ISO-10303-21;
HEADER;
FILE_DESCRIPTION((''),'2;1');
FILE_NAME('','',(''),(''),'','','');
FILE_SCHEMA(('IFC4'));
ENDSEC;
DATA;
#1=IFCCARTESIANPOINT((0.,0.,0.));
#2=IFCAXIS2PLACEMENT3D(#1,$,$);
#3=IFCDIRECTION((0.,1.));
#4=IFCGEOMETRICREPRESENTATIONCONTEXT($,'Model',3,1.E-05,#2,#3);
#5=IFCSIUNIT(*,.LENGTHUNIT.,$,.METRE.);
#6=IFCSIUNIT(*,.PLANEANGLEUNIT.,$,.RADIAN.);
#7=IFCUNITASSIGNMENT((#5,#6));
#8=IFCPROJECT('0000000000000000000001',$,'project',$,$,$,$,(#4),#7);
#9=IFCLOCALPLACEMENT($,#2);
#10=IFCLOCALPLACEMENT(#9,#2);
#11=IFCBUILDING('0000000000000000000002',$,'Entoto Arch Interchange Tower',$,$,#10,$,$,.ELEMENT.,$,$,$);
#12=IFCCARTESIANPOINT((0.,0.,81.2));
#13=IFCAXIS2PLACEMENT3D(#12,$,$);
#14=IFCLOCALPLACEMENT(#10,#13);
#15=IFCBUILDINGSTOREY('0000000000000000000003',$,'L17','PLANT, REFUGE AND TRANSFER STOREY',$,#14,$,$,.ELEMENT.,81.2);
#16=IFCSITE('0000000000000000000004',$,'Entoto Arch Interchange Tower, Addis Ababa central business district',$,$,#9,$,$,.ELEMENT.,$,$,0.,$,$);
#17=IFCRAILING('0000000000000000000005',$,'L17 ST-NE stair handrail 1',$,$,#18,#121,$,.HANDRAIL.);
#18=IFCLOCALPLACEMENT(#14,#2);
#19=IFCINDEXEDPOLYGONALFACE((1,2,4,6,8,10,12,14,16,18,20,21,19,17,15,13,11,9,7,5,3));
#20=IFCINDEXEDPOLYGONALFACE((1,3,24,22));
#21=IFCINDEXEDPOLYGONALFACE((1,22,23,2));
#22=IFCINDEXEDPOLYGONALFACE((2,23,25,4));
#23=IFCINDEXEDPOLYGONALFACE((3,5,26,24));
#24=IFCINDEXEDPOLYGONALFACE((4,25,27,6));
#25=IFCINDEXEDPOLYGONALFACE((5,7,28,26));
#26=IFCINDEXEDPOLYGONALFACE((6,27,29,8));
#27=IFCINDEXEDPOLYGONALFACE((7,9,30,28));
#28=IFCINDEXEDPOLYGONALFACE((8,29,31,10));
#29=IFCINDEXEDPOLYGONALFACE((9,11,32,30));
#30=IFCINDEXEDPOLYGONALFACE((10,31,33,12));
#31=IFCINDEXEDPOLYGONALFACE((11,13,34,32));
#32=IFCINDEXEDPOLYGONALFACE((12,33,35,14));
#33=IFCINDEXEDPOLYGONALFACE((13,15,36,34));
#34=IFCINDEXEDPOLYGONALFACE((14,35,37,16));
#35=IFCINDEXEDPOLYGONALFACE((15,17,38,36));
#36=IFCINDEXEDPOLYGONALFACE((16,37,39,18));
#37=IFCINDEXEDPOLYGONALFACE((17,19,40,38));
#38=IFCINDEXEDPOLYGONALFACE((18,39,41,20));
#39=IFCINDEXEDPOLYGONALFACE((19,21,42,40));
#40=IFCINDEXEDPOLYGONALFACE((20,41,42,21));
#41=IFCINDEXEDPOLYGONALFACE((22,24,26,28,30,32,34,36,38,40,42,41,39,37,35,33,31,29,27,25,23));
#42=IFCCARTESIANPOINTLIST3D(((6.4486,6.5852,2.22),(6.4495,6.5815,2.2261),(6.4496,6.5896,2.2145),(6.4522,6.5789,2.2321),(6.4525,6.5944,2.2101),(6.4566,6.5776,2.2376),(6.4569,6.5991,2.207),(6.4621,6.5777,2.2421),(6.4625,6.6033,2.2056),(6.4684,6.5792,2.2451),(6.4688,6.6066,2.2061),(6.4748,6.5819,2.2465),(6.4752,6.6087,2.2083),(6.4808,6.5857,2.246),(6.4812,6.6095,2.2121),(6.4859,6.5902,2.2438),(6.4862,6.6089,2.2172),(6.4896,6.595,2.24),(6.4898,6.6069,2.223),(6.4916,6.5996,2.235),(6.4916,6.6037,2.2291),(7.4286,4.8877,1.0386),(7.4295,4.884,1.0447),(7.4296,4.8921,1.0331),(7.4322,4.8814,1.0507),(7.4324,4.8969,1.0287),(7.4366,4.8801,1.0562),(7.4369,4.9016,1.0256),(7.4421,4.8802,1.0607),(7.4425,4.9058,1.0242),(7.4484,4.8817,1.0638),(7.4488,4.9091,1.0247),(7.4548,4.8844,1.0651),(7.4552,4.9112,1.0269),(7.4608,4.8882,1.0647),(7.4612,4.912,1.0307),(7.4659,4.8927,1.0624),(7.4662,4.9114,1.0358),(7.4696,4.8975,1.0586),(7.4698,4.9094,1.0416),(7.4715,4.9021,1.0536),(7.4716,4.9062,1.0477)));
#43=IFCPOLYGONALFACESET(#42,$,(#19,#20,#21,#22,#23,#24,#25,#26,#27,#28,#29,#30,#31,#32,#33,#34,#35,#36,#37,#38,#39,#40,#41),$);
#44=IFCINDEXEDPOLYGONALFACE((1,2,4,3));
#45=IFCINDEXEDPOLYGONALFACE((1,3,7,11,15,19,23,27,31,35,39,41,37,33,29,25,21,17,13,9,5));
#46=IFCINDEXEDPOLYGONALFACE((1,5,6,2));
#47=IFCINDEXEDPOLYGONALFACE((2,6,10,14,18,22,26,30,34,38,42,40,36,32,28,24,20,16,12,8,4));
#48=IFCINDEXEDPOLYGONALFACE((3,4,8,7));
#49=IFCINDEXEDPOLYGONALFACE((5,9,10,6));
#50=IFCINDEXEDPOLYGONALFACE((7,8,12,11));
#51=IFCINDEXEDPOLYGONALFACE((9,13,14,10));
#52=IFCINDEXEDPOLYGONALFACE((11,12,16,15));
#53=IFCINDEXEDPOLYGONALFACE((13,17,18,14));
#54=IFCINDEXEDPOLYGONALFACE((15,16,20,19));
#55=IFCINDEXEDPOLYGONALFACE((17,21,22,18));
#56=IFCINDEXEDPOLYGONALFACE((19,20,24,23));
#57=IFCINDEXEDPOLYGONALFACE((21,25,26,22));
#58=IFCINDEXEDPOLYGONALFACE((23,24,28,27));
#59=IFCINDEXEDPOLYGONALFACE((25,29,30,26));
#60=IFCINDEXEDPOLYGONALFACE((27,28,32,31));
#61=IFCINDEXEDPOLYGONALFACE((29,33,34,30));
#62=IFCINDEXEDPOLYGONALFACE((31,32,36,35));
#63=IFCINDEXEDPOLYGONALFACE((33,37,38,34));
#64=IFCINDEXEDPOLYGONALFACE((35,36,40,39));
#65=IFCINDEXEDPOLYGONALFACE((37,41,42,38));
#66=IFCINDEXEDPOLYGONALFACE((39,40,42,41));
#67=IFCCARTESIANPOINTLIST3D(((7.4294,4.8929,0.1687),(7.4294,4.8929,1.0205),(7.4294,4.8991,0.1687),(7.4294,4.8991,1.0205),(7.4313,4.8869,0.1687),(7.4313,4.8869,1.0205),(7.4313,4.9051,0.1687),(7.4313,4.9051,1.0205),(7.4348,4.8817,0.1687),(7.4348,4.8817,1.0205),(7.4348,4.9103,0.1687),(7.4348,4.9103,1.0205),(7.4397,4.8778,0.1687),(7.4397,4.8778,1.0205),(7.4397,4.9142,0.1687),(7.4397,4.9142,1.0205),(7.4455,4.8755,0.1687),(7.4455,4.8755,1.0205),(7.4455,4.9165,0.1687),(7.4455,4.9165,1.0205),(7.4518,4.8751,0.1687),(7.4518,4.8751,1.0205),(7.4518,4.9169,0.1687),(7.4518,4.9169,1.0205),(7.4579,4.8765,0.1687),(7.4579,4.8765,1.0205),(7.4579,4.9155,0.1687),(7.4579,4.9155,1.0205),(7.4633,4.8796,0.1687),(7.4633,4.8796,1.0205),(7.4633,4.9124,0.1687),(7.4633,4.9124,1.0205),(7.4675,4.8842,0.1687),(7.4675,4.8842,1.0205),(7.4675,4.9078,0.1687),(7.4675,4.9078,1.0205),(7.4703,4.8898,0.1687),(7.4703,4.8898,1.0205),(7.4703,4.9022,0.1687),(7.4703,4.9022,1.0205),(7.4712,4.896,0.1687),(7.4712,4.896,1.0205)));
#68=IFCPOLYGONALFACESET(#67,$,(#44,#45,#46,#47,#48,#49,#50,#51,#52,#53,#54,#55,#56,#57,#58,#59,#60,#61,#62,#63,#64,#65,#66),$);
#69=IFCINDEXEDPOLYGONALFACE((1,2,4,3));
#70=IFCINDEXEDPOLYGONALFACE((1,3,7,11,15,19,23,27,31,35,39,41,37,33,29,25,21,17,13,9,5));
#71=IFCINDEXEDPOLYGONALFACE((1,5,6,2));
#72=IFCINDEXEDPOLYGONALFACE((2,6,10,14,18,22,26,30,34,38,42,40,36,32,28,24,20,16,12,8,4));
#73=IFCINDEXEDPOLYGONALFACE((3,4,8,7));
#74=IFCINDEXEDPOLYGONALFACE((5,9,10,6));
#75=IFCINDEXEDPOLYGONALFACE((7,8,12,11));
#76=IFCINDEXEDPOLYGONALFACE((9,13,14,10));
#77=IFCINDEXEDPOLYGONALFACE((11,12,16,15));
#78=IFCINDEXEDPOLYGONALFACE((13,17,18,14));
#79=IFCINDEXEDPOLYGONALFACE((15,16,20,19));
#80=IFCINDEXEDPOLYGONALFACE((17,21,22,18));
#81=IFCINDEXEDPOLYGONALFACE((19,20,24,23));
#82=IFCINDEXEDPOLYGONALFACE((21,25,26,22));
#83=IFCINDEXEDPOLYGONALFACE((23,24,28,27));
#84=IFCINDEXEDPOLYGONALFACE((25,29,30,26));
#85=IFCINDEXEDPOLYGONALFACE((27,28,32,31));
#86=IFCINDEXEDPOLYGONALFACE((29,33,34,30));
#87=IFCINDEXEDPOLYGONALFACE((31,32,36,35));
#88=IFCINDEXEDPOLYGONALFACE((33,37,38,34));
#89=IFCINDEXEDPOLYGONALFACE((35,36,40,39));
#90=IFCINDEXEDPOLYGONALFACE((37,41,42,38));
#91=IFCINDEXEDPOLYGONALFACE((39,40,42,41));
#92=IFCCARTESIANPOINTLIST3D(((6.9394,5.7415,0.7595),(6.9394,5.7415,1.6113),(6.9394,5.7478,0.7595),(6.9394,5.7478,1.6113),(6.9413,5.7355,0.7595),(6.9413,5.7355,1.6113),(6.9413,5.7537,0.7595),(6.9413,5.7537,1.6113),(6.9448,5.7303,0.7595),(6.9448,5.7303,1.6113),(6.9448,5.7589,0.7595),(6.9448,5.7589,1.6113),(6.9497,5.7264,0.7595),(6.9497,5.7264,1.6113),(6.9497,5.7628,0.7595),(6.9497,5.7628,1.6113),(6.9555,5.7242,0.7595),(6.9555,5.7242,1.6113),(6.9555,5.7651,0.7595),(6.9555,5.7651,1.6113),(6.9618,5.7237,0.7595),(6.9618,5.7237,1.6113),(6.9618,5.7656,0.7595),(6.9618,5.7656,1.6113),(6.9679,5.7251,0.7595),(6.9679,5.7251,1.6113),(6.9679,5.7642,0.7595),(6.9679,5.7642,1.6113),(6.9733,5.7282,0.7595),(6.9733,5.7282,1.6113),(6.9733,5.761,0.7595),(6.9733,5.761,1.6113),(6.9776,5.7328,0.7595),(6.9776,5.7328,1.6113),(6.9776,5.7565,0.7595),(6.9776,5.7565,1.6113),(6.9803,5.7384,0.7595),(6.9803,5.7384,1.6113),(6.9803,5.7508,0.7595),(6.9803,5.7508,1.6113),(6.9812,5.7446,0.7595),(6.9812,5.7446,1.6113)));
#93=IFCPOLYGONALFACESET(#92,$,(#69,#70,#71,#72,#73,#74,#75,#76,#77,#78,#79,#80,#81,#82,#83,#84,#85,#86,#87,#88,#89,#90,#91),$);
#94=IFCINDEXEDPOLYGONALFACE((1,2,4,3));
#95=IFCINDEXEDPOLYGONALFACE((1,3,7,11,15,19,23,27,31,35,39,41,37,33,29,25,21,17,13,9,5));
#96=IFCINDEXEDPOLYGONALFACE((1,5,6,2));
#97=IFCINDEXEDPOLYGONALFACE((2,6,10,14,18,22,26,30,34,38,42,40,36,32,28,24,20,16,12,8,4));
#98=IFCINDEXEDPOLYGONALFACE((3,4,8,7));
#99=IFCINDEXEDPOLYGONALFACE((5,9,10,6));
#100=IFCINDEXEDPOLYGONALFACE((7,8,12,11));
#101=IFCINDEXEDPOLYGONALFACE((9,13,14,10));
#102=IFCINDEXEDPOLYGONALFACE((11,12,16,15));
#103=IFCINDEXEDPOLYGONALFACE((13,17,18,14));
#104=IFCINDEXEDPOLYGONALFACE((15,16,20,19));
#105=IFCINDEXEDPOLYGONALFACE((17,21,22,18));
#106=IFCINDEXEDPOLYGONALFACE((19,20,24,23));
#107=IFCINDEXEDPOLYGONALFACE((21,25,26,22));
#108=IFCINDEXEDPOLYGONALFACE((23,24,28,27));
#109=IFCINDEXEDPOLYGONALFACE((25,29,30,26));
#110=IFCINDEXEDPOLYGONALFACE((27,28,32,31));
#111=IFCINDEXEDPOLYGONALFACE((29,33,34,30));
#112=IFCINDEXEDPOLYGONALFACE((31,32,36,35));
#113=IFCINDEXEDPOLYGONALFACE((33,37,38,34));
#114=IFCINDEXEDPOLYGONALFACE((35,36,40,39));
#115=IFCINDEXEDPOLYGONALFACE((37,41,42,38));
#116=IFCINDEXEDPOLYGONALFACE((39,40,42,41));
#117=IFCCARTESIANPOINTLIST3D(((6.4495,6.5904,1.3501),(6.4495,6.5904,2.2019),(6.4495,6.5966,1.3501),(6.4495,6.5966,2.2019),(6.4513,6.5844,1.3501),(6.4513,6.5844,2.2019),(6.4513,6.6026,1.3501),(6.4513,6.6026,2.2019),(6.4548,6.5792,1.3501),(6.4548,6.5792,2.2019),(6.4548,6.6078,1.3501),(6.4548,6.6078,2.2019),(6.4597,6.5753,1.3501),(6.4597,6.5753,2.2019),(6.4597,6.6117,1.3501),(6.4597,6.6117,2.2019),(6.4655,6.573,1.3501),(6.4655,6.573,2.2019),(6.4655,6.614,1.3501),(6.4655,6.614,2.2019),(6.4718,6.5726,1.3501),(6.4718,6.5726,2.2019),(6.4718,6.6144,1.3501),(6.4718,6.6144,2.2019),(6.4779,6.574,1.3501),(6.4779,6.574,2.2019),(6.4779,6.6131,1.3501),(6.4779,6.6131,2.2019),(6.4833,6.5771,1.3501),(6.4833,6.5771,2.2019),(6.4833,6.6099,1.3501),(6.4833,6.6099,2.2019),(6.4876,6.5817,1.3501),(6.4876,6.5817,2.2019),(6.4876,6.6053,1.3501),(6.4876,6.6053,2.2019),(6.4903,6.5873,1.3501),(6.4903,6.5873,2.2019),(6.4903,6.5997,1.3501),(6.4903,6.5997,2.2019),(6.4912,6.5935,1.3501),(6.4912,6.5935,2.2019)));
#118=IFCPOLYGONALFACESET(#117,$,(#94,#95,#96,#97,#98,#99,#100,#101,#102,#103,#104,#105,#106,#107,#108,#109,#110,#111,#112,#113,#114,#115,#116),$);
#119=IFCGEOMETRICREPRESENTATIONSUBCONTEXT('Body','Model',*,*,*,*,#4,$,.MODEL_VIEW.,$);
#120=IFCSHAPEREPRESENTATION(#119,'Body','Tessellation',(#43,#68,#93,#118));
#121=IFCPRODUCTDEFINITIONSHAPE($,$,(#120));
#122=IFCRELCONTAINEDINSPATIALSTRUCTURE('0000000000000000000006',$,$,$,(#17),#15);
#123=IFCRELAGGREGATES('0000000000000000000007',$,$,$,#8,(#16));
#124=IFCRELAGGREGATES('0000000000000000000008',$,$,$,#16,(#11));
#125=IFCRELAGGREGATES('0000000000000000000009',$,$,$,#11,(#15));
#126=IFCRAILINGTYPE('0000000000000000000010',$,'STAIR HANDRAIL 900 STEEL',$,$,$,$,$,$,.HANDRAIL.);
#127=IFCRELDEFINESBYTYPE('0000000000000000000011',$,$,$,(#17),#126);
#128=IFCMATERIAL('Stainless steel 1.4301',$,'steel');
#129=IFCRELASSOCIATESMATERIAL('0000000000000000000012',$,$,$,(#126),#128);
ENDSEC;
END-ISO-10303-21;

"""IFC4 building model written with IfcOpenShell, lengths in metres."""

from ifc_helpers import new_model, si_unit, direction, frame, origin, origin_2d, place, context, subcontext, project, spatial, circle, extrude, material, type_object, element, save


model = new_model("IFC4")

# Units and contexts
model_context = context("Model", 3, precision=1e-05, world=origin(), true_north=direction((0.0, 1.0)))
body_context = subcontext(model_context, "Body", "Model", "MODEL_VIEW")
ifc_project = project(units=[si_unit("LENGTHUNIT", "METRE"), si_unit("PLANEANGLEUNIT", "RADIAN")], contexts=[model_context])

# Site, building, storey
site_placement = place(None, origin())
site = spatial("IfcSite", under=ifc_project, at=site_placement, Name="Entoto Arch Interchange Tower, Addis Ababa central business district", CompositionType="ELEMENT", RefElevation=0.0)
building_placement = place(site_placement, origin())
building = spatial("IfcBuilding", under=site, at=building_placement, Name="Entoto Arch Interchange Tower", CompositionType="ELEMENT")
storey_placement = place(building_placement, frame((0.0, 0.0, 81.2)))
storey = spatial("IfcBuildingStorey", under=building, at=storey_placement, Name="L17", Description="PLANT, REFUGE AND TRANSFER STOREY", CompositionType="ELEMENT", Elevation=81.2)

# Railing
ifc_material_1 = material(Name="Stainless steel 1.4301", Category="steel")
railing_type_1 = type_object("IfcRailingType", Name="STAIR HANDRAIL 900 STEEL", PredefinedType="HANDRAIL", material=ifc_material_1)
railing_1_placement = place(storey_placement, frame((7.4502, 4.896, 0.1687)))
element("IfcRailing", 1, at=railing_1_placement, inside=storey, type_object=railing_type_1, Name="L17 ST-NE stair handrail 1", PredefinedType="HANDRAIL", context=body_context, shape_type="SweptSolid", body=[
    extrude(circle(Radius=0.0239, at=origin_2d()), frame((0.0, 0.0, 0.876), z_axis=(-0.428205, 0.741731, 0.516214), x_axis=(-0.866042, -0.49997, 0.0)), (0.0, 0.0, 1.0), 2.2886),
    extrude(circle(Radius=0.021, at=origin_2d()), origin(), (0.0, 0.0, 1.0), 0.8518),
    extrude(circle(Radius=0.021, at=origin_2d()), frame((-0.49, 0.8486, 0.5908)), (0.0, 0.0, 1.0), 0.8518),
    extrude(circle(Radius=0.021, at=origin_2d()), frame((-0.98, 1.6975, 1.1814)), (0.0, 0.0, 1.0), 0.8518),
])

save(model, "model.ifc")
